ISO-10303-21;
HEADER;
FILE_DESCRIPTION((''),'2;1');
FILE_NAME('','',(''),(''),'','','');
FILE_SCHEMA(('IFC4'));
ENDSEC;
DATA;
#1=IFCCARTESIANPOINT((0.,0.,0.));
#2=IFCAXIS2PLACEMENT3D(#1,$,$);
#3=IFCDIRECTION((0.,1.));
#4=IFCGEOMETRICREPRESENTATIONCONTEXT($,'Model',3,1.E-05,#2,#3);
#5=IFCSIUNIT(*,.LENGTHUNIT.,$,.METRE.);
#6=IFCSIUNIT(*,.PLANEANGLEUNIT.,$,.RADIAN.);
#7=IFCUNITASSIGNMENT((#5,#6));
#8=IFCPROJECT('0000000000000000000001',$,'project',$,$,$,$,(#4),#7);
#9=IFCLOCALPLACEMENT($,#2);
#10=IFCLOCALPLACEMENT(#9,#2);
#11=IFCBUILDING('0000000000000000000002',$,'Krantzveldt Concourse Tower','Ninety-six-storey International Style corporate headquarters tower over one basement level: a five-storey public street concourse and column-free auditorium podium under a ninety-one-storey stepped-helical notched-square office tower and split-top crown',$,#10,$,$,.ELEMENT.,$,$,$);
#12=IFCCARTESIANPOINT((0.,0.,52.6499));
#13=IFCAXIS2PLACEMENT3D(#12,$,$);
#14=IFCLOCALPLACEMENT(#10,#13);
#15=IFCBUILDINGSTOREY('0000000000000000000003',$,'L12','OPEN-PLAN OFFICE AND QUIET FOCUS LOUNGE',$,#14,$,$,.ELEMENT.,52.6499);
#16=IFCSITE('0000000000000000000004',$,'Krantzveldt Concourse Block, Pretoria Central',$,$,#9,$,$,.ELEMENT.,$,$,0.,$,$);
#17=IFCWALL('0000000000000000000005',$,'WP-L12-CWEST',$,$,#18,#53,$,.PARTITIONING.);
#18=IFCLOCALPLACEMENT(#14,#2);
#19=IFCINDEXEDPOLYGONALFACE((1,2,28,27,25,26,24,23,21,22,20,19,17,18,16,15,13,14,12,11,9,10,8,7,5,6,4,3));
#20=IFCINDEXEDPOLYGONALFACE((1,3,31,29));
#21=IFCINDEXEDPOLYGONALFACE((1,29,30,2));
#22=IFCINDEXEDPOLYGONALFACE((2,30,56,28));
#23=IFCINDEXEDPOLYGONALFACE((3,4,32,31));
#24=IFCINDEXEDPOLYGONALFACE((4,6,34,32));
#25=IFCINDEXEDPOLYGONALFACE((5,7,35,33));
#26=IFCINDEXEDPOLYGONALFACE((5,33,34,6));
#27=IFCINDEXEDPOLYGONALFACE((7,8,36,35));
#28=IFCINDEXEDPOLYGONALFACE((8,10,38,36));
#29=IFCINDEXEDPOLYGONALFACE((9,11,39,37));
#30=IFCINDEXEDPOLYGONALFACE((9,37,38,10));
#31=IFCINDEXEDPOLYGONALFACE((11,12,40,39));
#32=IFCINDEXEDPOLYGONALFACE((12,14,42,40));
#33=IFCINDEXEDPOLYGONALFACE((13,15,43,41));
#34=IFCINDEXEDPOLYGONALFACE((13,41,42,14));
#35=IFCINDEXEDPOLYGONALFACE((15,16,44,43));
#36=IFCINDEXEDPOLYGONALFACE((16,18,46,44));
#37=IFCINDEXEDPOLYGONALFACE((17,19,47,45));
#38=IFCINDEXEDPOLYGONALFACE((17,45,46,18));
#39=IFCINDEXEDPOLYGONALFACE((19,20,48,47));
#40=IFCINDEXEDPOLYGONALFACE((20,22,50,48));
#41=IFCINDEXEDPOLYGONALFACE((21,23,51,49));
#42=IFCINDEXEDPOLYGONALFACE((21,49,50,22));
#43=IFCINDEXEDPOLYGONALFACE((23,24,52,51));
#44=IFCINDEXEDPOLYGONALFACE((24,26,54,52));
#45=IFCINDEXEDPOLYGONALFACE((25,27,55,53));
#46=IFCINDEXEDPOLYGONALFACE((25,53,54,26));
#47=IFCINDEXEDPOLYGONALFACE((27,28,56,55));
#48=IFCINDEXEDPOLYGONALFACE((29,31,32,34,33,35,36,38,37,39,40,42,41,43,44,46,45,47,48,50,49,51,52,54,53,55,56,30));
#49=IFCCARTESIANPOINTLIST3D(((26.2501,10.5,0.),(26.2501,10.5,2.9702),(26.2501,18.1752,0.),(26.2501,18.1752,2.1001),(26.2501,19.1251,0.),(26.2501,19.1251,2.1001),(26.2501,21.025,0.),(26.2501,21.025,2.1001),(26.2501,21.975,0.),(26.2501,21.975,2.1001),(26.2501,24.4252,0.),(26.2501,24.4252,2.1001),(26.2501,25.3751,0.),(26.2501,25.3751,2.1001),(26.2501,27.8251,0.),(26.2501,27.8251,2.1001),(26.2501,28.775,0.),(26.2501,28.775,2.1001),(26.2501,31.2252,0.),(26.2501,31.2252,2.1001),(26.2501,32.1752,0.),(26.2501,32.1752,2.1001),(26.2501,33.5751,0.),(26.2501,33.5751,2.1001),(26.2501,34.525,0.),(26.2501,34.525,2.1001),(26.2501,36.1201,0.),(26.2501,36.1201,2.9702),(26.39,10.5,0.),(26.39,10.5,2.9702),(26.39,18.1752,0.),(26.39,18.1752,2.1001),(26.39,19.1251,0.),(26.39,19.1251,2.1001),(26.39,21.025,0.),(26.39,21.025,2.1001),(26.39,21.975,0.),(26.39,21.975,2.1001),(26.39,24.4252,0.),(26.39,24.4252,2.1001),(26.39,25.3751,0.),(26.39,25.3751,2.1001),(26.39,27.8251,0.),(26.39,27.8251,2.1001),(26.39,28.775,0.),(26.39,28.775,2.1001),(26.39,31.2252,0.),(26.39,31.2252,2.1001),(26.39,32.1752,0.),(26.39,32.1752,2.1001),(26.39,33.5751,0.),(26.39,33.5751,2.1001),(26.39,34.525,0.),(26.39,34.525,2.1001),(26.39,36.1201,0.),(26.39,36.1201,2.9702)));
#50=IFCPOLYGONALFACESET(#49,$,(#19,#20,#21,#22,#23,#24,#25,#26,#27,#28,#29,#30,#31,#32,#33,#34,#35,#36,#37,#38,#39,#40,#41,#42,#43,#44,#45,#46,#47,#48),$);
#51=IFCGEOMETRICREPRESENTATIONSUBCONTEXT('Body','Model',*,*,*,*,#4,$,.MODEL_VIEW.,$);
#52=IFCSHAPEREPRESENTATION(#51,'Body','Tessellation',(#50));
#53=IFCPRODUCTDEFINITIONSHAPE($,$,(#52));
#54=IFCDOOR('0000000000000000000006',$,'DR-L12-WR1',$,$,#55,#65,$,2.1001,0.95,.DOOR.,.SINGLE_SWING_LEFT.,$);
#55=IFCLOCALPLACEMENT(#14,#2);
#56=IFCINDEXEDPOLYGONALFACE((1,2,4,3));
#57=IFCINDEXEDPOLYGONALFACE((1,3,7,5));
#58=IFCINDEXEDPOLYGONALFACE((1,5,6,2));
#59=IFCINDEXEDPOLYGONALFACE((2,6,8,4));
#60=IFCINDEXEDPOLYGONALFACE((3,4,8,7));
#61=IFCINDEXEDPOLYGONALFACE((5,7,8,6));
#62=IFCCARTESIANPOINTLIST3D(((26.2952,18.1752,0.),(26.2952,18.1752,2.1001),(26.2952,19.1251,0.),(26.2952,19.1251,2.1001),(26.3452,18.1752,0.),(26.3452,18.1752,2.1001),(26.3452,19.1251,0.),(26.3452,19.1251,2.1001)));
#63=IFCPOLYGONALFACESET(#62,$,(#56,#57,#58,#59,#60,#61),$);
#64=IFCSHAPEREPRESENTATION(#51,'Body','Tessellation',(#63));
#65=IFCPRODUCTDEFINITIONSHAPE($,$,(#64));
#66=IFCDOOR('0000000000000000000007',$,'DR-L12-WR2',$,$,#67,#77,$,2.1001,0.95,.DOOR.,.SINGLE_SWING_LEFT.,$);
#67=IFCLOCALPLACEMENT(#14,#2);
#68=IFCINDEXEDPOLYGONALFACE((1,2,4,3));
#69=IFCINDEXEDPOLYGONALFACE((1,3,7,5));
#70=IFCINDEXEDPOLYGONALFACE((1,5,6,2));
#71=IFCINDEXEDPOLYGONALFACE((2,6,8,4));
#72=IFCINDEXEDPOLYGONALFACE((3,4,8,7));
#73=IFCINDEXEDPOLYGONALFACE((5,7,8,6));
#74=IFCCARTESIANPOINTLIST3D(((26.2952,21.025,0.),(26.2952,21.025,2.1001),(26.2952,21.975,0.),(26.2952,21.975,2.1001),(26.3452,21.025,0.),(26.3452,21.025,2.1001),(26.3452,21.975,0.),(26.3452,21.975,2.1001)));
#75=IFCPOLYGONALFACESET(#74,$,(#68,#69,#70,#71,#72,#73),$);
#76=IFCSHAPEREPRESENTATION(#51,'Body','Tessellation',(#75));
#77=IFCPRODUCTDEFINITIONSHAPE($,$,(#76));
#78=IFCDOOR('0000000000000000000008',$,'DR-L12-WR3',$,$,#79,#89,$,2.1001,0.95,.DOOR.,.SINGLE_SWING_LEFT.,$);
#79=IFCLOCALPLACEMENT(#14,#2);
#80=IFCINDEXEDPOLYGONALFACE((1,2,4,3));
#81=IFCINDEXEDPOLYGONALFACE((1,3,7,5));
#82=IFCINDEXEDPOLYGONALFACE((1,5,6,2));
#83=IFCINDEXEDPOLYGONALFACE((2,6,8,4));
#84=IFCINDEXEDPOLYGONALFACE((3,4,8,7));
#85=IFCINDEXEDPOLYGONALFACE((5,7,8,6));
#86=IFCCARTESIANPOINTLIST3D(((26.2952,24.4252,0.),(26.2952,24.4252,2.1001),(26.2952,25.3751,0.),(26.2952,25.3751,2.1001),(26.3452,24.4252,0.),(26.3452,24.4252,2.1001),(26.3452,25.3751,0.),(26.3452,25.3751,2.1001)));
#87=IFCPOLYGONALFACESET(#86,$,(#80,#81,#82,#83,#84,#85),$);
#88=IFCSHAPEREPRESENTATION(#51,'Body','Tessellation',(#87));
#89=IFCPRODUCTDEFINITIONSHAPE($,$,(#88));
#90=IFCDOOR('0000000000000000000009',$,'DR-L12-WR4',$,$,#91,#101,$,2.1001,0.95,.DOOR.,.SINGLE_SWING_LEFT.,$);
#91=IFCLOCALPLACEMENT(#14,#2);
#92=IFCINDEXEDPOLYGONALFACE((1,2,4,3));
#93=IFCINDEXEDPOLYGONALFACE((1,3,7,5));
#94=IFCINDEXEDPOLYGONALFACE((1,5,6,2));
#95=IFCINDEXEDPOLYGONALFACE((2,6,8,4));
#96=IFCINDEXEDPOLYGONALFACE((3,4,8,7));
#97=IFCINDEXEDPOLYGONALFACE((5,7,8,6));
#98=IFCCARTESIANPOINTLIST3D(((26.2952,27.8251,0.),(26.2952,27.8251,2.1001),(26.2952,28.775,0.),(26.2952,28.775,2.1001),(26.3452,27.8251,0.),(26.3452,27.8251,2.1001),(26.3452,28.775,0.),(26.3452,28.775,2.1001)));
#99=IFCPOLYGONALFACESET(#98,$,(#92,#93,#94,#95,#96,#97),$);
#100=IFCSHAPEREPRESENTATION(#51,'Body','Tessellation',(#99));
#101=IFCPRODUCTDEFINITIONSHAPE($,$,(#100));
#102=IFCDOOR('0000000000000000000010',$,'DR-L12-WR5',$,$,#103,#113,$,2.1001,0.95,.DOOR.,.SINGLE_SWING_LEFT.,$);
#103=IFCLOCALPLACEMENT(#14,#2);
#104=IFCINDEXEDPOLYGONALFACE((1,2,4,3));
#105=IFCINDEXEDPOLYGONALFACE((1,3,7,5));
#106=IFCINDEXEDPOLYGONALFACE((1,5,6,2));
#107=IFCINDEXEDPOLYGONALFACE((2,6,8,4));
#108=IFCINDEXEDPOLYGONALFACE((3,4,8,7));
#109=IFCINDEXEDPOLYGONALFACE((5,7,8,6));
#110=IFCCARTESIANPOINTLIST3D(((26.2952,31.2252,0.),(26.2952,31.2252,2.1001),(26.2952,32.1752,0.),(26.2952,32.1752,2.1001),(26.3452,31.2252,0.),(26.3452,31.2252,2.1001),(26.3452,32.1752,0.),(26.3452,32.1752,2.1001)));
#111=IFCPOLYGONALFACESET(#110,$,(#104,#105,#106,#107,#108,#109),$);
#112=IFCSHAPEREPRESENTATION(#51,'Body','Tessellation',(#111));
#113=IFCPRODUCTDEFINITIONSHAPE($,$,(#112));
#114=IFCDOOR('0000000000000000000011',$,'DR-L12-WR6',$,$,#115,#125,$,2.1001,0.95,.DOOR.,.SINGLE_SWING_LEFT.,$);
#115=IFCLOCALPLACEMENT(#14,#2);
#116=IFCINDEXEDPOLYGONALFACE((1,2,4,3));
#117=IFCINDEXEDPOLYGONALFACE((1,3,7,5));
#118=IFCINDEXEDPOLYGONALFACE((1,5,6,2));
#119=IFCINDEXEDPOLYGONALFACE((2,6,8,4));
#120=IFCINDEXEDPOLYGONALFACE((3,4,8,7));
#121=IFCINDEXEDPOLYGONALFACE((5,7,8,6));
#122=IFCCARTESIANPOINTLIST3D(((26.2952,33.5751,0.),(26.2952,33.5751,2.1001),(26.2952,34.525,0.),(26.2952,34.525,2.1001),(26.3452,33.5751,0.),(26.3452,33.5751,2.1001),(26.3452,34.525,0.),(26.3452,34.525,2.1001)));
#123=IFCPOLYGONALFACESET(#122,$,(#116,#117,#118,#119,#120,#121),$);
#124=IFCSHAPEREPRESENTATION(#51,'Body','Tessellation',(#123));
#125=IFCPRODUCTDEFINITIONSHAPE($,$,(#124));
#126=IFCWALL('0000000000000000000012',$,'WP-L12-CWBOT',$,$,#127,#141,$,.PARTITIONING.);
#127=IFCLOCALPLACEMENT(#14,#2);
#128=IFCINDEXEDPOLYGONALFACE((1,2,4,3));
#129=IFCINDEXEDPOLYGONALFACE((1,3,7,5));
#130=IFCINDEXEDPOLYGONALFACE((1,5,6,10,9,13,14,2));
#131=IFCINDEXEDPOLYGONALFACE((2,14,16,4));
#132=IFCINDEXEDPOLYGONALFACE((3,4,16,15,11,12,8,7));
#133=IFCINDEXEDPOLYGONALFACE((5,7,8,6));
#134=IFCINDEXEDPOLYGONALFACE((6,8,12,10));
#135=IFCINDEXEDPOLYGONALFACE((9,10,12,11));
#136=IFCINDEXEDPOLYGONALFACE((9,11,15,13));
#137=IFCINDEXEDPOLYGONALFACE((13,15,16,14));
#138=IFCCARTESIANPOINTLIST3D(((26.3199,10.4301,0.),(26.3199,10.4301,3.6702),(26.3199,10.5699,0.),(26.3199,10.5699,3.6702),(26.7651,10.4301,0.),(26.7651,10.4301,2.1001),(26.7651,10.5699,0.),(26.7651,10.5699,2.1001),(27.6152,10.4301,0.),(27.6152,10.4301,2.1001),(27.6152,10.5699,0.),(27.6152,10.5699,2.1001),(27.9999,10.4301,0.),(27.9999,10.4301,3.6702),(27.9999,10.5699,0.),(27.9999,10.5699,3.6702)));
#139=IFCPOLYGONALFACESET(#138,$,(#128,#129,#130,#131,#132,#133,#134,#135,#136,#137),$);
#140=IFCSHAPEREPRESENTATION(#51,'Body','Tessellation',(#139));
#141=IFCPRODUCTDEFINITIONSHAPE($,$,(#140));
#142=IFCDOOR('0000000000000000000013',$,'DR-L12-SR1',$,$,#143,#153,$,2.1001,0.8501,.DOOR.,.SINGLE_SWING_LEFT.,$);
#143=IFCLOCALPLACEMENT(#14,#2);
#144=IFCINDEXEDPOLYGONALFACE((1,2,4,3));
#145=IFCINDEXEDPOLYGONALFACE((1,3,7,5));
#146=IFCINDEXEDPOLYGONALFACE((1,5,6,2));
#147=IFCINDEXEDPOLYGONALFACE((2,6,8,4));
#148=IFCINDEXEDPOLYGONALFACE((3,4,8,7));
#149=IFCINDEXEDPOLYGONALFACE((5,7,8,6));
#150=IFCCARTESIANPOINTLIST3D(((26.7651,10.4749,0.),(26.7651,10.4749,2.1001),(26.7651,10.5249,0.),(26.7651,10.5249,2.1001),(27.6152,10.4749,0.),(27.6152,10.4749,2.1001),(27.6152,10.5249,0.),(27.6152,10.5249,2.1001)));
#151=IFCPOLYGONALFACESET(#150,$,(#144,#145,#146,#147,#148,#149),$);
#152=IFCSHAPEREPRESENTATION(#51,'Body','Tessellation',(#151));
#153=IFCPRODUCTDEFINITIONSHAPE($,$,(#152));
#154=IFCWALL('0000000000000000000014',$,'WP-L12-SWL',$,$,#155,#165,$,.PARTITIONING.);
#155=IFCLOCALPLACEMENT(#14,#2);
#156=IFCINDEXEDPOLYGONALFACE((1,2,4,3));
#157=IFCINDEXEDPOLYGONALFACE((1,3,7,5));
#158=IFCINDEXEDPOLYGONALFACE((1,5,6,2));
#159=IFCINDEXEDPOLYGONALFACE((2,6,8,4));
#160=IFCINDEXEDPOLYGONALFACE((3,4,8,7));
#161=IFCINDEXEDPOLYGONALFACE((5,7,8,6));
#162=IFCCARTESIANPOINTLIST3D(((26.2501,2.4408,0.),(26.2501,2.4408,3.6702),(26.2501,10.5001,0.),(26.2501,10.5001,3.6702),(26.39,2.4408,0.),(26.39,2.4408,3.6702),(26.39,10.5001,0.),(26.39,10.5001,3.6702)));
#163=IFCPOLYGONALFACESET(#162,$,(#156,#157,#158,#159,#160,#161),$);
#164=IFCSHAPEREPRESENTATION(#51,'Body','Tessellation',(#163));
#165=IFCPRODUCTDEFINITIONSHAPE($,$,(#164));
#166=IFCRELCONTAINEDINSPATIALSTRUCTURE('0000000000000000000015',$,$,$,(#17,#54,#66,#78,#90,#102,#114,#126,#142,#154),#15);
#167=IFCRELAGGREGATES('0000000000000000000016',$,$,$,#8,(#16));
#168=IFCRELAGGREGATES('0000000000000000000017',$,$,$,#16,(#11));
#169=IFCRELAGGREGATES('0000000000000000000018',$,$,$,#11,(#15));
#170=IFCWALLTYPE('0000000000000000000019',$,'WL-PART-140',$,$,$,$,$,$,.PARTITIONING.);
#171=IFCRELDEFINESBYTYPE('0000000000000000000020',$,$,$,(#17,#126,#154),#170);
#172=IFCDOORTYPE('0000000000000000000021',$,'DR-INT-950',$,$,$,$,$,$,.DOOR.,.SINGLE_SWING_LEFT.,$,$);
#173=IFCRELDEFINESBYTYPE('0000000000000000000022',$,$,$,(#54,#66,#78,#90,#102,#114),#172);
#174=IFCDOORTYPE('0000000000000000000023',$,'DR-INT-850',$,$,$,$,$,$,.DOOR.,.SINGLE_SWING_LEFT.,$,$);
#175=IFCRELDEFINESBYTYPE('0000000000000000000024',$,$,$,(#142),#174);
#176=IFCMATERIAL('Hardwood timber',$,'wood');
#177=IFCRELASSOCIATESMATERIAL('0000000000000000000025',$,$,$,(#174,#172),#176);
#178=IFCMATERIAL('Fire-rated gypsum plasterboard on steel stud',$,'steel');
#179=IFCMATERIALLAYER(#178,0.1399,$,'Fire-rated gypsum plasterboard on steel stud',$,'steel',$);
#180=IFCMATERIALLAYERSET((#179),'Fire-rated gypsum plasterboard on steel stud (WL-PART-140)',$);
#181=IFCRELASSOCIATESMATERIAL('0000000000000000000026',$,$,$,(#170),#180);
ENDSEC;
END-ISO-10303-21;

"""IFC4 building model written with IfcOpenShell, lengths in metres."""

from ifc_helpers import new_model, si_unit, direction, frame, frame_2d, origin, place, context, subcontext, project, spatial, rectangle, extrude, material, layer, layer_set, type_object, element, fill, save


model = new_model("IFC4")

# Units and contexts
model_context = context("Model", 3, precision=1e-05, world=origin(), true_north=direction((0.0, 1.0)))
body_context = subcontext(model_context, "Body", "Model", "MODEL_VIEW")
ifc_project = project(units=[si_unit("LENGTHUNIT", "METRE"), si_unit("PLANEANGLEUNIT", "RADIAN")], contexts=[model_context])

# Site, building, storey
site_placement = place(None, origin())
site = spatial("IfcSite", under=ifc_project, at=site_placement, Name="Krantzveldt Concourse Block, Pretoria Central", CompositionType="ELEMENT", RefElevation=0.0)
building_placement = place(site_placement, origin())
building = spatial("IfcBuilding", under=site, at=building_placement, Name="Krantzveldt Concourse Tower", Description="Ninety-six-storey International Style corporate headquarters tower over one basement level: a five-storey public street concourse and column-free auditorium podium under a ninety-one-storey stepped-helical notched-square office tower and split-top crown", CompositionType="ELEMENT")
storey_placement = place(building_placement, frame((0.0, 0.0, 52.6499)))
storey = spatial("IfcBuildingStorey", under=building, at=storey_placement, Name="L12", Description="OPEN-PLAN OFFICE AND QUIET FOCUS LOUNGE", CompositionType="ELEMENT", Elevation=52.6499)

# Shared definitions
ifc_material_1 = material(Name="Fire-rated gypsum plasterboard on steel stud", Category="steel")
ifc_material_2 = material(Name="Hardwood timber", Category="wood")
door_type_1 = type_object("IfcDoorType", Name="DR-INT-850", OperationType="SINGLE_SWING_LEFT", PredefinedType="DOOR", material=ifc_material_2)

# Wall, openings, doors
ifc_layer_1 = layer(ifc_material_1, 0.1399, Name="Fire-rated gypsum plasterboard on steel stud", Category="steel")
ifc_layer_set_1 = layer_set([ifc_layer_1], Name="Fire-rated gypsum plasterboard on steel stud (WL-PART-140)")
wall_type_1 = type_object("IfcWallType", Name="WL-PART-140", PredefinedType="PARTITIONING", material=ifc_layer_set_1)
wall_1_placement = place(storey_placement, frame((26.3201, 10.5, 0.0), z_axis=(0.0, 0.0, 1.0), x_axis=(0.0, 1.0, 0.0)))
wall_1 = element("IfcWall", 1, at=wall_1_placement, inside=storey, type_object=wall_type_1, Name="WP-L12-CWEST", PredefinedType="PARTITIONING", context=body_context, shape_type="SweptSolid", body=[
    extrude(rectangle(XDim=25.6201, YDim=0.1399, at=frame_2d((12.8101, 0.0))), origin(), (0.0, 0.0, 1.0), 2.9702),
])
opening_1_placement = place(wall_1_placement, frame((7.675, 0.0, 0.0)))
opening_1 = element("IfcOpeningElement", 2, at=opening_1_placement, cuts=wall_1, PredefinedType="OPENING", context=body_context, shape_type="SweptSolid", body=[
    extrude(rectangle(XDim=0.95, YDim=2.1001, at=frame_2d((0.4751, 1.05))), frame((0.0, 0.0801, 0.0), z_axis=(0.0, -1.0, 0.0), x_axis=(1.0, 0.0, 0.0)), (0.0, 0.0, 1.0), 0.1599),
])
opening_2_placement = place(wall_1_placement, frame((10.5249, 0.0, 0.0)))
opening_2 = element("IfcOpeningElement", 3, at=opening_2_placement, cuts=wall_1, PredefinedType="OPENING", context=body_context, shape_type="SweptSolid", body=[
    extrude(rectangle(XDim=0.95, YDim=2.1001, at=frame_2d((0.4751, 1.05))), frame((0.0, 0.0801, 0.0), z_axis=(0.0, -1.0, 0.0), x_axis=(1.0, 0.0, 0.0)), (0.0, 0.0, 1.0), 0.1599),
])
opening_3_placement = place(wall_1_placement, frame((13.925, 0.0, 0.0)))
opening_3 = element("IfcOpeningElement", 4, at=opening_3_placement, cuts=wall_1, PredefinedType="OPENING", context=body_context, shape_type="SweptSolid", body=[
    extrude(rectangle(XDim=0.95, YDim=2.1001, at=frame_2d((0.4751, 1.05))), frame((0.0, 0.0801, 0.0), z_axis=(0.0, -1.0, 0.0), x_axis=(1.0, 0.0, 0.0)), (0.0, 0.0, 1.0), 0.1599),
])
opening_4_placement = place(wall_1_placement, frame((17.325, 0.0, 0.0)))
opening_4 = element("IfcOpeningElement", 5, at=opening_4_placement, cuts=wall_1, PredefinedType="OPENING", context=body_context, shape_type="SweptSolid", body=[
    extrude(rectangle(XDim=0.95, YDim=2.1001, at=frame_2d((0.4751, 1.05))), frame((0.0, 0.0801, 0.0), z_axis=(0.0, -1.0, 0.0), x_axis=(1.0, 0.0, 0.0)), (0.0, 0.0, 1.0), 0.1599),
])
opening_5_placement = place(wall_1_placement, frame((20.7251, 0.0, 0.0)))
opening_5 = element("IfcOpeningElement", 6, at=opening_5_placement, cuts=wall_1, PredefinedType="OPENING", context=body_context, shape_type="SweptSolid", body=[
    extrude(rectangle(XDim=0.95, YDim=2.1001, at=frame_2d((0.4751, 1.05))), frame((0.0, 0.0801, 0.0), z_axis=(0.0, -1.0, 0.0), x_axis=(1.0, 0.0, 0.0)), (0.0, 0.0, 1.0), 0.1599),
])
opening_6_placement = place(wall_1_placement, frame((23.075, 0.0, 0.0)))
opening_6 = element("IfcOpeningElement", 7, at=opening_6_placement, cuts=wall_1, PredefinedType="OPENING", context=body_context, shape_type="SweptSolid", body=[
    extrude(rectangle(XDim=0.95, YDim=2.1001, at=frame_2d((0.4751, 1.05))), frame((0.0, 0.0801, 0.0), z_axis=(0.0, -1.0, 0.0), x_axis=(1.0, 0.0, 0.0)), (0.0, 0.0, 1.0), 0.1599),
])
door_type_2 = type_object("IfcDoorType", Name="DR-INT-950", OperationType="SINGLE_SWING_LEFT", PredefinedType="DOOR", material=ifc_material_2)
door_1_placement = place(opening_1_placement, origin())
door_1 = element("IfcDoor", 8, at=door_1_placement, inside=storey, type_object=door_type_2, Name="DR-L12-WR1", OperationType="SINGLE_SWING_LEFT", OverallHeight=2.1001, OverallWidth=0.95, PredefinedType="DOOR", context=body_context, shape_type="SweptSolid", body=[
    extrude(rectangle(XDim=0.95, YDim=2.1001, at=frame_2d((0.4751, 1.05))), frame((0.0, 0.0249, 0.0), z_axis=(0.0, -1.0, 0.0), x_axis=(1.0, 0.0, 0.0)), (0.0, 0.0, 1.0), 0.05),
])
fill(opening_1, door_1)
door_2_placement = place(opening_2_placement, origin())
door_2 = element("IfcDoor", 9, at=door_2_placement, inside=storey, type_object=door_type_2, Name="DR-L12-WR2", OperationType="SINGLE_SWING_LEFT", OverallHeight=2.1001, OverallWidth=0.95, PredefinedType="DOOR", context=body_context, shape_type="SweptSolid", body=[
    extrude(rectangle(XDim=0.95, YDim=2.1001, at=frame_2d((0.4751, 1.05))), frame((0.0, 0.0249, 0.0), z_axis=(0.0, -1.0, 0.0), x_axis=(1.0, 0.0, 0.0)), (0.0, 0.0, 1.0), 0.05),
])
fill(opening_2, door_2)
door_3_placement = place(opening_3_placement, origin())
door_3 = element("IfcDoor", 10, at=door_3_placement, inside=storey, type_object=door_type_2, Name="DR-L12-WR3", OperationType="SINGLE_SWING_LEFT", OverallHeight=2.1001, OverallWidth=0.95, PredefinedType="DOOR", context=body_context, shape_type="SweptSolid", body=[
    extrude(rectangle(XDim=0.95, YDim=2.1001, at=frame_2d((0.4751, 1.05))), frame((0.0, 0.0249, 0.0), z_axis=(0.0, -1.0, 0.0), x_axis=(1.0, 0.0, 0.0)), (0.0, 0.0, 1.0), 0.05),
])
fill(opening_3, door_3)
door_4_placement = place(opening_4_placement, origin())
door_4 = element("IfcDoor", 11, at=door_4_placement, inside=storey, type_object=door_type_2, Name="DR-L12-WR4", OperationType="SINGLE_SWING_LEFT", OverallHeight=2.1001, OverallWidth=0.95, PredefinedType="DOOR", context=body_context, shape_type="SweptSolid", body=[
    extrude(rectangle(XDim=0.95, YDim=2.1001, at=frame_2d((0.4751, 1.05))), frame((0.0, 0.0249, 0.0), z_axis=(0.0, -1.0, 0.0), x_axis=(1.0, 0.0, 0.0)), (0.0, 0.0, 1.0), 0.05),
])
fill(opening_4, door_4)
door_5_placement = place(opening_5_placement, origin())
door_5 = element("IfcDoor", 12, at=door_5_placement, inside=storey, type_object=door_type_2, Name="DR-L12-WR5", OperationType="SINGLE_SWING_LEFT", OverallHeight=2.1001, OverallWidth=0.95, PredefinedType="DOOR", context=body_context, shape_type="SweptSolid", body=[
    extrude(rectangle(XDim=0.95, YDim=2.1001, at=frame_2d((0.4751, 1.05))), frame((0.0, 0.0249, 0.0), z_axis=(0.0, -1.0, 0.0), x_axis=(1.0, 0.0, 0.0)), (0.0, 0.0, 1.0), 0.05),
])
fill(opening_5, door_5)
door_6_placement = place(opening_6_placement, origin())
door_6 = element("IfcDoor", 13, at=door_6_placement, inside=storey, type_object=door_type_2, Name="DR-L12-WR6", OperationType="SINGLE_SWING_LEFT", OverallHeight=2.1001, OverallWidth=0.95, PredefinedType="DOOR", context=body_context, shape_type="SweptSolid", body=[
    extrude(rectangle(XDim=0.95, YDim=2.1001, at=frame_2d((0.4751, 1.05))), frame((0.0, 0.0249, 0.0), z_axis=(0.0, -1.0, 0.0), x_axis=(1.0, 0.0, 0.0)), (0.0, 0.0, 1.0), 0.05),
])
fill(opening_6, door_6)

# Wall, opening, door
wall_2_placement = place(storey_placement, frame((26.3201, 10.5, 0.0), z_axis=(0.0, 0.0, 1.0), x_axis=(1.0, 0.0, 0.0)))
wall_2 = element("IfcWall", 14, at=wall_2_placement, inside=storey, type_object=wall_type_1, Name="WP-L12-CWBOT", PredefinedType="PARTITIONING", context=body_context, shape_type="SweptSolid", body=[
    extrude(rectangle(XDim=1.6799, YDim=0.1399, at=frame_2d((0.8398, 0.0))), origin(), (0.0, 0.0, 1.0), 3.6702),
])
opening_7_placement = place(wall_2_placement, frame((0.4451, 0.0, 0.0)))
opening_7 = element("IfcOpeningElement", 15, at=opening_7_placement, cuts=wall_2, PredefinedType="OPENING", context=body_context, shape_type="SweptSolid", body=[
    extrude(rectangle(XDim=0.8501, YDim=2.1001, at=frame_2d((0.425, 1.05))), frame((0.0, 0.0801, 0.0), z_axis=(0.0, -1.0, 0.0), x_axis=(1.0, 0.0, 0.0)), (0.0, 0.0, 1.0), 0.1599),
])
door_7_placement = place(opening_7_placement, origin())
door_7 = element("IfcDoor", 16, at=door_7_placement, inside=storey, type_object=door_type_1, Name="DR-L12-SR1", OperationType="SINGLE_SWING_LEFT", OverallHeight=2.1001, OverallWidth=0.8501, PredefinedType="DOOR", context=body_context, shape_type="SweptSolid", body=[
    extrude(rectangle(XDim=0.8501, YDim=2.1001, at=frame_2d((0.425, 1.05))), frame((0.0, 0.0249, 0.0), z_axis=(0.0, -1.0, 0.0), x_axis=(1.0, 0.0, 0.0)), (0.0, 0.0, 1.0), 0.05),
])
fill(opening_7, door_7)

# Wall
wall_3_placement = place(storey_placement, frame((26.3201, 2.4407, 0.0), z_axis=(0.0, 0.0, 1.0), x_axis=(0.0, 1.0, 0.0)))
element("IfcWall", 17, at=wall_3_placement, inside=storey, type_object=wall_type_1, Name="WP-L12-SWL", PredefinedType="PARTITIONING", context=body_context, shape_type="SweptSolid", body=[
    extrude(rectangle(XDim=8.0593, YDim=0.1399, at=frame_2d((4.0298, 0.0))), origin(), (0.0, 0.0, 1.0), 3.6702),
])

save(model, "model.ifc")
